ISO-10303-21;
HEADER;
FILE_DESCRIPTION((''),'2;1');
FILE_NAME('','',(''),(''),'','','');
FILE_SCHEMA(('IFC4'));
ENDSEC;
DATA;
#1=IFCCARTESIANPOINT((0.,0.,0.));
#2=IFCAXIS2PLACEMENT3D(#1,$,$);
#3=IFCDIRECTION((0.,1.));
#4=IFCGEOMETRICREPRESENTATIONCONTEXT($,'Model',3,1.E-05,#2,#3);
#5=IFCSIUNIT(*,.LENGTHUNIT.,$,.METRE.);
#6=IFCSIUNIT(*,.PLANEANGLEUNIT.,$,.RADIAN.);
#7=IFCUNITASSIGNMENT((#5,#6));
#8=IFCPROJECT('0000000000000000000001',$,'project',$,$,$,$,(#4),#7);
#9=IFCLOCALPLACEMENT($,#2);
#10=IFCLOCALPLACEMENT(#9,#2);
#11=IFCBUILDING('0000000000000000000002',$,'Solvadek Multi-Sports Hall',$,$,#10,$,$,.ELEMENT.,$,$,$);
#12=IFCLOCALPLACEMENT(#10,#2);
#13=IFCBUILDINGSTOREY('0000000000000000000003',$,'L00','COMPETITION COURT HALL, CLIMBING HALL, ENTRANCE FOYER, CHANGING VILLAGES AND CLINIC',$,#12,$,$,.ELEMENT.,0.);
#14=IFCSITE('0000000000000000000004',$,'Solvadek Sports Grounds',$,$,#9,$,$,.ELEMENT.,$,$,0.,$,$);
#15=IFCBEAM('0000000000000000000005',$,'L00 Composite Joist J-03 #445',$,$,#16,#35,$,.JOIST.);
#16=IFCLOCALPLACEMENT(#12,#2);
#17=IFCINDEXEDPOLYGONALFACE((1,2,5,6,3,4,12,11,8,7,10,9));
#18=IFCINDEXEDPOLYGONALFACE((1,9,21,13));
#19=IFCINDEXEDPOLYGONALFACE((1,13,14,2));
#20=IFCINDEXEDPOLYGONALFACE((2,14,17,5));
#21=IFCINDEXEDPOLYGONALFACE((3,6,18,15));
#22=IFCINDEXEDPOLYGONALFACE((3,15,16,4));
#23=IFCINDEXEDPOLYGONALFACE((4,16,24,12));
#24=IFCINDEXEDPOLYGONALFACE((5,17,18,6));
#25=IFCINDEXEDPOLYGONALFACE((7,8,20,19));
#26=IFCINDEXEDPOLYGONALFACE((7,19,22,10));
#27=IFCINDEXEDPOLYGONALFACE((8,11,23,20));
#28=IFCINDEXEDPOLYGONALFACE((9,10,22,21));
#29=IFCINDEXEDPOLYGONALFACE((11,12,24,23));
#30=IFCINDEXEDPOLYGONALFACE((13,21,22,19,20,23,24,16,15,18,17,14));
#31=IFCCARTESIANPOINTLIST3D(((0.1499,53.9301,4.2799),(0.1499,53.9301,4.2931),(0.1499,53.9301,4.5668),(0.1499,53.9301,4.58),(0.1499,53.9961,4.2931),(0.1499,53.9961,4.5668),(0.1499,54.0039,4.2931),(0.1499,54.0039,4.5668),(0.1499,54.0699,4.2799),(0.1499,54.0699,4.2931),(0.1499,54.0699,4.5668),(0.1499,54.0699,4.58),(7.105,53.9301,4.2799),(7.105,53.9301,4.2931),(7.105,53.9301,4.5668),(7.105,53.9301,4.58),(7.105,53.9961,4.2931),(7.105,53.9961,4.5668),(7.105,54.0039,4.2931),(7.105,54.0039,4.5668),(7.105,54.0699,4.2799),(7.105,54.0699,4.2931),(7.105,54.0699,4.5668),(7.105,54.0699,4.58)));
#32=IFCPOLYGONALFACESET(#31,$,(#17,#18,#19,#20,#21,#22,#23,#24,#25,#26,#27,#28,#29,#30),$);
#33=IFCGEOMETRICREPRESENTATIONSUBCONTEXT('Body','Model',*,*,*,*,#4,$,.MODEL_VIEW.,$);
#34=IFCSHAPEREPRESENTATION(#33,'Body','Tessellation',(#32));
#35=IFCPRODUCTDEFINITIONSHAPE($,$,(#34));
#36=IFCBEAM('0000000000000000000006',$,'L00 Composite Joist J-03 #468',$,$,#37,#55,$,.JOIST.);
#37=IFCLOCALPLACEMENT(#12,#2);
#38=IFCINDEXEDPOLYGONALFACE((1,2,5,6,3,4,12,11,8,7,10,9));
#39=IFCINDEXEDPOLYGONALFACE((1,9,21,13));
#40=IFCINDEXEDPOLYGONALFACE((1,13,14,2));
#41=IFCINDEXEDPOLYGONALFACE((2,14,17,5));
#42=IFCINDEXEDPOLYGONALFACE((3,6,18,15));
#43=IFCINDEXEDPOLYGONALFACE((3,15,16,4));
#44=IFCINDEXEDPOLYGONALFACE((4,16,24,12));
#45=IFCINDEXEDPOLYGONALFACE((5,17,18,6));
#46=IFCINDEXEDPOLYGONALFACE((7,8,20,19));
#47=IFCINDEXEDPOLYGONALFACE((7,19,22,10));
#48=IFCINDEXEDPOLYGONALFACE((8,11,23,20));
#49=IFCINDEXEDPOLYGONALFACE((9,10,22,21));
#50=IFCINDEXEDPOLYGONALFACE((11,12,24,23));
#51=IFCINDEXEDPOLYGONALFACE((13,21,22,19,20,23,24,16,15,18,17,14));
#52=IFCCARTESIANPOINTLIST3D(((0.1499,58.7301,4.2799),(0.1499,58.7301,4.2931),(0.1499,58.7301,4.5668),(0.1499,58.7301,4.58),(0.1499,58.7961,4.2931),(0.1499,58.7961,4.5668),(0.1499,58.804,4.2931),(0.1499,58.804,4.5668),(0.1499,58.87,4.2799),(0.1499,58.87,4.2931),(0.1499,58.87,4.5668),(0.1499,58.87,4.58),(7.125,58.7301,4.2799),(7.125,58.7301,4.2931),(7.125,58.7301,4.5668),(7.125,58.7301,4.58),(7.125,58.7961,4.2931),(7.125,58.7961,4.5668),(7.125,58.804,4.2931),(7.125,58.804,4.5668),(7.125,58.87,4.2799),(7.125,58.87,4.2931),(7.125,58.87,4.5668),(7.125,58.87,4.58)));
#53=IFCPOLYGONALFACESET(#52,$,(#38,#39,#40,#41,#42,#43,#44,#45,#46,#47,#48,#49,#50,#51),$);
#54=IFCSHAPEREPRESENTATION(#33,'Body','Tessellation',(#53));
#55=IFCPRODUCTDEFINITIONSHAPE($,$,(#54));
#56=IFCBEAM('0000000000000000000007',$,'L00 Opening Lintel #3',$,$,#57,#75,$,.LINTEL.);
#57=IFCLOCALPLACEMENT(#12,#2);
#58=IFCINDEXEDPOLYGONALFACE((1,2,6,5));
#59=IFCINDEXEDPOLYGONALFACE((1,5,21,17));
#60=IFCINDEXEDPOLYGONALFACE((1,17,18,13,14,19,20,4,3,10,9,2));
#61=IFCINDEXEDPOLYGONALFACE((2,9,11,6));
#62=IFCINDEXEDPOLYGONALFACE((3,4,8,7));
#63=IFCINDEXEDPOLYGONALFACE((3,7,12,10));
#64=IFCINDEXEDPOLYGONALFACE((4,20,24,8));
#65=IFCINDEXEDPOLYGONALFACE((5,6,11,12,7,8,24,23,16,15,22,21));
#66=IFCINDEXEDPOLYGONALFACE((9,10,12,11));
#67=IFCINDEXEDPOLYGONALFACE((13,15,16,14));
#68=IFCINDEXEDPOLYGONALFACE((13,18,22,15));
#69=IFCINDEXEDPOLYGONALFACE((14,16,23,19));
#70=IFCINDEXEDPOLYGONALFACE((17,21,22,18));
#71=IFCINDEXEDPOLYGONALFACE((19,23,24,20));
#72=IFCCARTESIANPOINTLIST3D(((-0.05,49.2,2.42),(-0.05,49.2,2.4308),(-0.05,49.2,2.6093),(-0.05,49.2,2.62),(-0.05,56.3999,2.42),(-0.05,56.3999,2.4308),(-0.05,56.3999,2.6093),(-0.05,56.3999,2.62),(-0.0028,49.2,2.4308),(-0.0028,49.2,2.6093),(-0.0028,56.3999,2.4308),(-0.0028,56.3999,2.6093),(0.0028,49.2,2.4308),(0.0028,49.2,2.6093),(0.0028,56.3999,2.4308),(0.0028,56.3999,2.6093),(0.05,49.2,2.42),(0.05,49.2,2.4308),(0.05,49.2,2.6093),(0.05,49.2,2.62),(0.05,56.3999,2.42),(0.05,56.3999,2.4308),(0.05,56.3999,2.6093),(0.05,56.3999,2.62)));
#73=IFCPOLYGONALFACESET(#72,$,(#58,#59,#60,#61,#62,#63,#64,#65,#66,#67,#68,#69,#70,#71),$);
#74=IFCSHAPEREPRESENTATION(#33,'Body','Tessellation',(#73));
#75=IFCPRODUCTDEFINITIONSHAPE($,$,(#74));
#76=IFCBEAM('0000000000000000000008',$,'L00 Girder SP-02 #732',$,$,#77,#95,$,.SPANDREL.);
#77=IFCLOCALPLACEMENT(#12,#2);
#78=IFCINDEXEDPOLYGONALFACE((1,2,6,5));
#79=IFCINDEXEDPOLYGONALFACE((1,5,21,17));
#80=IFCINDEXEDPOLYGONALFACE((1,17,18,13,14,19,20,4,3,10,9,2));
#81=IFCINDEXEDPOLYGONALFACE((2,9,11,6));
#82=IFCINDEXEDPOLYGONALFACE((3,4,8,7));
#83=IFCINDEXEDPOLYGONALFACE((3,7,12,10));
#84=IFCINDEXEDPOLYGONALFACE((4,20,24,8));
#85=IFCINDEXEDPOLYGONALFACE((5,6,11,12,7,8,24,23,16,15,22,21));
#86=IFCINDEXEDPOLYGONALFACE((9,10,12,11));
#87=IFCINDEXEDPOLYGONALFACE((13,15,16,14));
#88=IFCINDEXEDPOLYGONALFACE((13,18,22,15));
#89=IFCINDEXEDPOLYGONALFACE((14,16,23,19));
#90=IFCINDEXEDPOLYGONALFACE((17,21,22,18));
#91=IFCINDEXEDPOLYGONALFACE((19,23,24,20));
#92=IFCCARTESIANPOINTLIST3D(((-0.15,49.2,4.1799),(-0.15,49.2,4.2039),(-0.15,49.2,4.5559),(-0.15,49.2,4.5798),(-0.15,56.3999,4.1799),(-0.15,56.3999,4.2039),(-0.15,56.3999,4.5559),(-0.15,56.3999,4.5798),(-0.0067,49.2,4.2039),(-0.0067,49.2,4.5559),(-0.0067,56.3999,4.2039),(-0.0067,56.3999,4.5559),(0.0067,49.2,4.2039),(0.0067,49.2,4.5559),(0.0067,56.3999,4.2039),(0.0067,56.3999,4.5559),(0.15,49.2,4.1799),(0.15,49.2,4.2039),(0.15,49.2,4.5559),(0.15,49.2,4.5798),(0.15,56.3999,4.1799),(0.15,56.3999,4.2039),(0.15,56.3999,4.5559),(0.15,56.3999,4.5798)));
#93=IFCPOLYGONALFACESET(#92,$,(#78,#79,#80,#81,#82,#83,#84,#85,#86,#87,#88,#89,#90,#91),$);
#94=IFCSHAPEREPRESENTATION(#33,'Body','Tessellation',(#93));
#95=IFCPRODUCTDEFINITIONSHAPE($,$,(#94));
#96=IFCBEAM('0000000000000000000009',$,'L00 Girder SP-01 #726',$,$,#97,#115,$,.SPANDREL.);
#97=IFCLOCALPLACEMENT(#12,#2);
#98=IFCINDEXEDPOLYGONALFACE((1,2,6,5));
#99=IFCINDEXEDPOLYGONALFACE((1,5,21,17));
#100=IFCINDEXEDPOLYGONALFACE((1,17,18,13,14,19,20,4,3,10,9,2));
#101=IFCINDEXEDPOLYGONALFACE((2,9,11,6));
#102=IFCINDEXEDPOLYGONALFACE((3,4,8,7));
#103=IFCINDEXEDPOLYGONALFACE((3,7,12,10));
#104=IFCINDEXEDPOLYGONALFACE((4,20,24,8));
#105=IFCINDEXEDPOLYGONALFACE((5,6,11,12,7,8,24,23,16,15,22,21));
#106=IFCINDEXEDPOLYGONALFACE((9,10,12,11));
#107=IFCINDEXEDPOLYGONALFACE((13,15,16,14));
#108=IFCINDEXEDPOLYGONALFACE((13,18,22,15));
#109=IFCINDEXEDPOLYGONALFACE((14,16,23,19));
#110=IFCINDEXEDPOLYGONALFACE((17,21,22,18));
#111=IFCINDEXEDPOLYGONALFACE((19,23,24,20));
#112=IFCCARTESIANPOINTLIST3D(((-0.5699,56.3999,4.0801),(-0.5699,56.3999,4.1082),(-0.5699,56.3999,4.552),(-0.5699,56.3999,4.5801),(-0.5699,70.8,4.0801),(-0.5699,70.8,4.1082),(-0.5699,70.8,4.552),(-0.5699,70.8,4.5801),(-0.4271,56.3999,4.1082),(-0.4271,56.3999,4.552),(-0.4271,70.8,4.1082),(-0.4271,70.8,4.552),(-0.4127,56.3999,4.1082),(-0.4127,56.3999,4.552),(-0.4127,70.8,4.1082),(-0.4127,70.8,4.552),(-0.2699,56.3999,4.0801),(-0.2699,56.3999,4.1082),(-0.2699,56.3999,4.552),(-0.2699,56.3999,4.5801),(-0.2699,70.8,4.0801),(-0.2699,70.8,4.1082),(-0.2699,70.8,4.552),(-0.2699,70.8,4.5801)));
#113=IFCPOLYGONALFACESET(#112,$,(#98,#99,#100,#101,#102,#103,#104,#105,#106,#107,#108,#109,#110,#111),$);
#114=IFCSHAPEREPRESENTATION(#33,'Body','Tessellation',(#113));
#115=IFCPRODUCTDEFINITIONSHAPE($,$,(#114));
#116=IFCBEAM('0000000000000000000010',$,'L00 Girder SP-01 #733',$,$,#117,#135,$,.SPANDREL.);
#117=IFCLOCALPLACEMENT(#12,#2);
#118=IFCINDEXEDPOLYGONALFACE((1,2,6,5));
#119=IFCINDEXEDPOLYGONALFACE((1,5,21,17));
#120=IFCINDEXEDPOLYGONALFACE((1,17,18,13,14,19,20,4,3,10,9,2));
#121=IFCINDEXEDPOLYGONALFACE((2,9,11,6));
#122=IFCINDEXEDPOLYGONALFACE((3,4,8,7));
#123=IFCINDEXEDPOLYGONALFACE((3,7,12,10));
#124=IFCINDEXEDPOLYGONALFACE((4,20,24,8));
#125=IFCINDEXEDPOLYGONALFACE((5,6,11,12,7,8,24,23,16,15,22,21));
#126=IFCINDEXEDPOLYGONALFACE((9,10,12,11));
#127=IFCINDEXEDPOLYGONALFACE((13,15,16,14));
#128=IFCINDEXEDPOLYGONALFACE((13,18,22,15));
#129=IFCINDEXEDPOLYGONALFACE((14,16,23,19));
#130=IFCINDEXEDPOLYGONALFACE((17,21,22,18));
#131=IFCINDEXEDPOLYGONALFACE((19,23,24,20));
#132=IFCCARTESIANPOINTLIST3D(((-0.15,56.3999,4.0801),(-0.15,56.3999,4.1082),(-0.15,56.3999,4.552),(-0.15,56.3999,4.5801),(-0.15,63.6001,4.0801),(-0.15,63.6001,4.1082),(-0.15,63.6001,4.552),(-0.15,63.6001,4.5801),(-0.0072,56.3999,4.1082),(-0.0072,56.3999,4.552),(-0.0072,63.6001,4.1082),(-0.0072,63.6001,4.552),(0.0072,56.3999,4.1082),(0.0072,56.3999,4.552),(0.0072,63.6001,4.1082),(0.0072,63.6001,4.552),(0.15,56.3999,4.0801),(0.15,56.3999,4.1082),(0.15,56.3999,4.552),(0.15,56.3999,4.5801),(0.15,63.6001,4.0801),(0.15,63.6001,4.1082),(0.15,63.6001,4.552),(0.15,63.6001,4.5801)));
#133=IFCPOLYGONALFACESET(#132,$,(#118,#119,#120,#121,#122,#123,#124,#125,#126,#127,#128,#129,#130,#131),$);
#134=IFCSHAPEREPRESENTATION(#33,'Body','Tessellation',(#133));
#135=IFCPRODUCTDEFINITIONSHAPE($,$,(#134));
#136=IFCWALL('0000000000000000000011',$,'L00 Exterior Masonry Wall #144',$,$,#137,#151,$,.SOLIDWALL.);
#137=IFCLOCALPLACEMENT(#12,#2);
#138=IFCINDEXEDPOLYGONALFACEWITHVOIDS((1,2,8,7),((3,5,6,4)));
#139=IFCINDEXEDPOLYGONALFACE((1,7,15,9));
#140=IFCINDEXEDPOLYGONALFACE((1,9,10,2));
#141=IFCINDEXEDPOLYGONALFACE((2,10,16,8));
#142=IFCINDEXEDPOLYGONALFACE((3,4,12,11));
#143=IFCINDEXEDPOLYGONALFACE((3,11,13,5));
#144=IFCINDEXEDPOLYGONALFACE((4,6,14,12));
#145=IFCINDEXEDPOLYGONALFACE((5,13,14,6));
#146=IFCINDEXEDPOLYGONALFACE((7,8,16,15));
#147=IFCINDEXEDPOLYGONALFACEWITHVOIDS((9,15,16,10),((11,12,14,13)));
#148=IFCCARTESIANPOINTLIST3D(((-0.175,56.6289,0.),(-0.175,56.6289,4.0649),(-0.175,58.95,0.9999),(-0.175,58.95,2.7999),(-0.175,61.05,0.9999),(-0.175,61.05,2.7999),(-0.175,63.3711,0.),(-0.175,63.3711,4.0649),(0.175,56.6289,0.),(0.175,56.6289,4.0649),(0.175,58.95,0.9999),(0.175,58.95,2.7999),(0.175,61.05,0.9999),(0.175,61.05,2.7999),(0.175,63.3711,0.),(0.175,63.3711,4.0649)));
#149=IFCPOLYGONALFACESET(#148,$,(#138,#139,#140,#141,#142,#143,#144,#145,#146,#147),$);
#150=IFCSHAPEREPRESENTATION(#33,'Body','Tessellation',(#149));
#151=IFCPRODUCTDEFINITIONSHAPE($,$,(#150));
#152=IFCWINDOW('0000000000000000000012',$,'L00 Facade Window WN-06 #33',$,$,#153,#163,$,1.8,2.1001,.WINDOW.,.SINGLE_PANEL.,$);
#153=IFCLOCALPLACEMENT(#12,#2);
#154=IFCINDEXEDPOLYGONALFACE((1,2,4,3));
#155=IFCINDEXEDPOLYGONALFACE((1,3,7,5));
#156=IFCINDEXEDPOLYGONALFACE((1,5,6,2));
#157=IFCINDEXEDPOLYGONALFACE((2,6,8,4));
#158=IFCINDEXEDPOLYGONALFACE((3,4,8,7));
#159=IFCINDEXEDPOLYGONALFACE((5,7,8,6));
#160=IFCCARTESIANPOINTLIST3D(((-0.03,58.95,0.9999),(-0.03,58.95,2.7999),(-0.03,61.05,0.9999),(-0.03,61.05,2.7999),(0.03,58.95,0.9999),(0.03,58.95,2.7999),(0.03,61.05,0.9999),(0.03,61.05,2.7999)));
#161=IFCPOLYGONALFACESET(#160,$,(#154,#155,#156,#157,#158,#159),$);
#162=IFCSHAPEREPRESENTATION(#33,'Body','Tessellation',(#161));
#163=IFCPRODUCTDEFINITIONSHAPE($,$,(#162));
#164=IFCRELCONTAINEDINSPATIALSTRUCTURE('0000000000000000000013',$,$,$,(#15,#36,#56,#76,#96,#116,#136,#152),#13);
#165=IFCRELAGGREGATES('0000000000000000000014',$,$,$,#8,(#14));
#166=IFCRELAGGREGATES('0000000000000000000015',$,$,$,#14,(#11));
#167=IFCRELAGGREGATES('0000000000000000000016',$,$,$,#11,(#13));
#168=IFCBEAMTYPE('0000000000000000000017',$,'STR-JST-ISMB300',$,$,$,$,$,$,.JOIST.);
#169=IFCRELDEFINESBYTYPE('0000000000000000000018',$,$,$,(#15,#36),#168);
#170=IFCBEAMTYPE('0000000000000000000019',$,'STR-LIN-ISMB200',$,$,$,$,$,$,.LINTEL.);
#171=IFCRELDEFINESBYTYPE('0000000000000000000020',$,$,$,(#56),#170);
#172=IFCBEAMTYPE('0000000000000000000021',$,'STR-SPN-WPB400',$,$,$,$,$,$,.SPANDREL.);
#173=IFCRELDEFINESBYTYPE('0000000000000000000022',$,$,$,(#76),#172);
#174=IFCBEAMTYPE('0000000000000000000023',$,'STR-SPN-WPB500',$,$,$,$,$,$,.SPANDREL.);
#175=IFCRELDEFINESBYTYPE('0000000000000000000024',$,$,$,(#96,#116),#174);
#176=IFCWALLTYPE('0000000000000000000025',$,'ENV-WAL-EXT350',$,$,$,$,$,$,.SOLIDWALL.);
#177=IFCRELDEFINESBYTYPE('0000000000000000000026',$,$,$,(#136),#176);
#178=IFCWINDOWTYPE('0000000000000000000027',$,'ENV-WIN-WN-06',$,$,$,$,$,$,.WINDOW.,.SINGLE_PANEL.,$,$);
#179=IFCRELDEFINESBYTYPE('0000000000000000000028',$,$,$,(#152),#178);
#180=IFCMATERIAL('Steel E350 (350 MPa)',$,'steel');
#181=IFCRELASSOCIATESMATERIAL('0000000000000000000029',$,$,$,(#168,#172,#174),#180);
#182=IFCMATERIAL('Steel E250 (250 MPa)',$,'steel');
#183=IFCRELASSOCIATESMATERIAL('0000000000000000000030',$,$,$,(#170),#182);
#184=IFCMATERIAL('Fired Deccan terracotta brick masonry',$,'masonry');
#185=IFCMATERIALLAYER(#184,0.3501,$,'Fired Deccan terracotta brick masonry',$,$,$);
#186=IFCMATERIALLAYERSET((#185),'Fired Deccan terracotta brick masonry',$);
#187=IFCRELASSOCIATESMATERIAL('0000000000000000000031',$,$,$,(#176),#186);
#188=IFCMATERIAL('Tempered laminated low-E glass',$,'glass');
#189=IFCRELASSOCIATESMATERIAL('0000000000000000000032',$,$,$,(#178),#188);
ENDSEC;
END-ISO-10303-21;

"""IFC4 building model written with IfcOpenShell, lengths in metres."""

from ifc_helpers import new_model, si_unit, direction, frame, frame_2d, origin, origin_2d, place, context, subcontext, project, spatial, rectangle, i_section, extrude, material, layer, layer_set, material_profile, profile_set, type_object, element, fill, save


model = new_model("IFC4")

# Units and contexts
model_context = context("Model", 3, precision=1e-05, world=origin(), true_north=direction((0.0, 1.0)))
body_context = subcontext(model_context, "Body", "Model", "MODEL_VIEW")
ifc_project = project(units=[si_unit("LENGTHUNIT", "METRE"), si_unit("PLANEANGLEUNIT", "RADIAN")], contexts=[model_context])

# Site, building, storey
site_placement = place(None, origin())
site = spatial("IfcSite", under=ifc_project, at=site_placement, Name="Solvadek Sports Grounds", CompositionType="ELEMENT", RefElevation=0.0)
building_placement = place(site_placement, origin())
building = spatial("IfcBuilding", under=site, at=building_placement, Name="Solvadek Multi-Sports Hall", CompositionType="ELEMENT")
storey_placement = place(building_placement, origin())
storey = spatial("IfcBuildingStorey", under=building, at=storey_placement, Name="L00", Description="COMPETITION COURT HALL, CLIMBING HALL, ENTRANCE FOYER, CHANGING VILLAGES AND CLINIC", CompositionType="ELEMENT", Elevation=0.0)

# Shared definitions
ifc_material_1 = material(Name="Steel E350 (350 MPa)", Category="steel")

# Beams
ifc_material_profile_1 = material_profile(ifc_material_1, i_section(OverallWidth=0.1399, OverallDepth=0.3, WebThickness=0.0078, FlangeThickness=0.0132, at=origin_2d()), Name="ISMB 300")
ifc_profile_set_1 = profile_set([ifc_material_profile_1], Name="Steel E350 (350 MPa)")
beam_type_1 = type_object("IfcBeamType", Name="STR-JST-ISMB300", PredefinedType="JOIST", material=ifc_profile_set_1)
for number, where, z_axis, x_axis, name in (
    (1, (0.1499, 54.0, 4.4299), (1.0, 0.0, 0.0), (0.0, 1.0, 0.0), "L00 Composite Joist J-03 #445"),
):
    element("IfcBeam", number, at=place(storey_placement, frame(where, z_axis=z_axis, x_axis=x_axis)), inside=storey, type_object=beam_type_1, Name=name, PredefinedType="JOIST", context=body_context, shape_type="SweptSolid", body=[
        extrude(i_section(OverallWidth=0.1399, OverallDepth=0.3, WebThickness=0.0078, FlangeThickness=0.0132, at=origin_2d()), origin(), (0.0, 0.0, 1.0), 6.9551),
    ])
beam_1_placement = place(storey_placement, frame((0.1499, 58.8, 4.4299), z_axis=(1.0, 0.0, 0.0), x_axis=(0.0, 1.0, 0.0)))
element("IfcBeam", 2, at=beam_1_placement, inside=storey, type_object=beam_type_1, Name="L00 Composite Joist J-03 #468", PredefinedType="JOIST", context=body_context, shape_type="SweptSolid", body=[
    extrude(i_section(OverallWidth=0.1399, OverallDepth=0.3, WebThickness=0.0078, FlangeThickness=0.0132, at=origin_2d()), origin(), (0.0, 0.0, 1.0), 6.9751),
])
ifc_material_2 = material(Name="Steel E250 (250 MPa)", Category="steel")
ifc_material_profile_2 = material_profile(ifc_material_2, i_section(OverallWidth=0.1001, OverallDepth=0.2, WebThickness=0.0056, FlangeThickness=0.0107, at=origin_2d()), Name="ISMB 200")
ifc_profile_set_2 = profile_set([ifc_material_profile_2], Name="Steel E250 (250 MPa)")
beam_type_2 = type_object("IfcBeamType", Name="STR-LIN-ISMB200", PredefinedType="LINTEL", material=ifc_profile_set_2)
beam_2_placement = place(storey_placement, frame((0.0, 49.2, 2.52), z_axis=(0.0, 1.0, 0.0), x_axis=(-1.0, 0.0, 0.0)))
element("IfcBeam", 3, at=beam_2_placement, inside=storey, type_object=beam_type_2, Name="L00 Opening Lintel #3", PredefinedType="LINTEL", context=body_context, shape_type="SweptSolid", body=[
    extrude(i_section(OverallWidth=0.1001, OverallDepth=0.2, WebThickness=0.0056, FlangeThickness=0.0107, at=origin_2d()), origin(), (0.0, 0.0, 1.0), 7.2),
])
ifc_material_profile_3 = material_profile(ifc_material_1, i_section(OverallWidth=0.3, OverallDepth=0.3999, WebThickness=0.0134, FlangeThickness=0.0239, at=origin_2d()), Name="WPB 400")
ifc_profile_set_3 = profile_set([ifc_material_profile_3], Name="Steel E350 (350 MPa)")
beam_type_3 = type_object("IfcBeamType", Name="STR-SPN-WPB400", PredefinedType="SPANDREL", material=ifc_profile_set_3)
beam_3_placement = place(storey_placement, frame((0.0, 49.2, 4.3799), z_axis=(0.0, 1.0, 0.0), x_axis=(-1.0, 0.0, 0.0)))
element("IfcBeam", 4, at=beam_3_placement, inside=storey, type_object=beam_type_3, Name="L00 Girder SP-02 #732", PredefinedType="SPANDREL", context=body_context, shape_type="SweptSolid", body=[
    extrude(i_section(OverallWidth=0.3, OverallDepth=0.3999, WebThickness=0.0134, FlangeThickness=0.0239, at=origin_2d()), origin(), (0.0, 0.0, 1.0), 7.2),
])
ifc_material_profile_4 = material_profile(ifc_material_1, i_section(OverallWidth=0.3, OverallDepth=0.5, WebThickness=0.0144, FlangeThickness=0.0281, at=origin_2d()), Name="WPB 500")
ifc_profile_set_4 = profile_set([ifc_material_profile_4], Name="Steel E350 (350 MPa)")
beam_type_4 = type_object("IfcBeamType", Name="STR-SPN-WPB500", PredefinedType="SPANDREL", material=ifc_profile_set_4)
beam_4_placement = place(storey_placement, frame((-0.4199, 56.3999, 4.3301), z_axis=(0.0, 1.0, 0.0), x_axis=(-1.0, 0.0, 0.0)))
element("IfcBeam", 5, at=beam_4_placement, inside=storey, type_object=beam_type_4, Name="L00 Girder SP-01 #726", PredefinedType="SPANDREL", context=body_context, shape_type="SweptSolid", body=[
    extrude(i_section(OverallWidth=0.3, OverallDepth=0.5, WebThickness=0.0144, FlangeThickness=0.0281, at=origin_2d()), origin(), (0.0, 0.0, 1.0), 14.4001),
])
beam_5_placement = place(storey_placement, frame((0.0, 56.3999, 4.3301), z_axis=(0.0, 1.0, 0.0), x_axis=(-1.0, 0.0, 0.0)))
element("IfcBeam", 6, at=beam_5_placement, inside=storey, type_object=beam_type_4, Name="L00 Girder SP-01 #733", PredefinedType="SPANDREL", context=body_context, shape_type="SweptSolid", body=[
    extrude(i_section(OverallWidth=0.3, OverallDepth=0.5, WebThickness=0.0144, FlangeThickness=0.0281, at=origin_2d()), origin(), (0.0, 0.0, 1.0), 7.2002),
])

# Shared definitions
ifc_material_3 = material(Name="Fired Deccan terracotta brick masonry", Category="masonry")
ifc_layer_1 = layer(ifc_material_3, 0.3501, Name="Fired Deccan terracotta brick masonry")
ifc_layer_set_1 = layer_set([ifc_layer_1], Name="Fired Deccan terracotta brick masonry")
wall_type_1 = type_object("IfcWallType", Name="ENV-WAL-EXT350", PredefinedType="SOLIDWALL", material=ifc_layer_set_1)

# Wall, opening, window
wall_1_placement = place(storey_placement, frame((0.0, 56.6289, 0.0), z_axis=(0.0, 0.0, 1.0), x_axis=(0.0, 1.0, 0.0)))
wall_1 = element("IfcWall", 7, at=wall_1_placement, inside=storey, type_object=wall_type_1, Name="L00 Exterior Masonry Wall #144", PredefinedType="SOLIDWALL", context=body_context, shape_type="SweptSolid", body=[
    extrude(rectangle(XDim=6.7422, YDim=0.3501, at=frame_2d((3.3711, 0.0))), origin(), (0.0, 0.0, 1.0), 4.0649),
])
opening_1_placement = place(wall_1_placement, frame((2.321, 0.0, 1.0)))
opening_1 = element("IfcOpeningElement", 8, at=opening_1_placement, cuts=wall_1, PredefinedType="OPENING", context=body_context, shape_type="SweptSolid", body=[
    extrude(rectangle(XDim=2.1001, YDim=1.8, at=frame_2d((1.05, 0.8999))), frame((0.0, 0.1851, 0.0), z_axis=(0.0, -1.0, 0.0), x_axis=(1.0, 0.0, 0.0)), (0.0, 0.0, 1.0), 0.3701),
])
ifc_material_4 = material(Name="Tempered laminated low-E glass", Category="glass")
window_type = type_object("IfcWindowType", Name="ENV-WIN-WN-06", PartitioningType="SINGLE_PANEL", PredefinedType="WINDOW", material=ifc_material_4)
window_placement = place(opening_1_placement, origin())
window = element("IfcWindow", 9, at=window_placement, inside=storey, type_object=window_type, Name="L00 Facade Window WN-06 #33", OverallHeight=1.8, OverallWidth=2.1001, PartitioningType="SINGLE_PANEL", PredefinedType="WINDOW", context=body_context, shape_type="SweptSolid", body=[
    extrude(rectangle(XDim=2.1001, YDim=1.8, at=frame_2d((1.05, 0.8999))), frame((0.0, 0.03, 0.0), z_axis=(0.0, -1.0, 0.0), x_axis=(1.0, 0.0, 0.0)), (0.0, 0.0, 1.0), 0.0601),
])
fill(opening_1, window)

save(model, "model.ifc")
